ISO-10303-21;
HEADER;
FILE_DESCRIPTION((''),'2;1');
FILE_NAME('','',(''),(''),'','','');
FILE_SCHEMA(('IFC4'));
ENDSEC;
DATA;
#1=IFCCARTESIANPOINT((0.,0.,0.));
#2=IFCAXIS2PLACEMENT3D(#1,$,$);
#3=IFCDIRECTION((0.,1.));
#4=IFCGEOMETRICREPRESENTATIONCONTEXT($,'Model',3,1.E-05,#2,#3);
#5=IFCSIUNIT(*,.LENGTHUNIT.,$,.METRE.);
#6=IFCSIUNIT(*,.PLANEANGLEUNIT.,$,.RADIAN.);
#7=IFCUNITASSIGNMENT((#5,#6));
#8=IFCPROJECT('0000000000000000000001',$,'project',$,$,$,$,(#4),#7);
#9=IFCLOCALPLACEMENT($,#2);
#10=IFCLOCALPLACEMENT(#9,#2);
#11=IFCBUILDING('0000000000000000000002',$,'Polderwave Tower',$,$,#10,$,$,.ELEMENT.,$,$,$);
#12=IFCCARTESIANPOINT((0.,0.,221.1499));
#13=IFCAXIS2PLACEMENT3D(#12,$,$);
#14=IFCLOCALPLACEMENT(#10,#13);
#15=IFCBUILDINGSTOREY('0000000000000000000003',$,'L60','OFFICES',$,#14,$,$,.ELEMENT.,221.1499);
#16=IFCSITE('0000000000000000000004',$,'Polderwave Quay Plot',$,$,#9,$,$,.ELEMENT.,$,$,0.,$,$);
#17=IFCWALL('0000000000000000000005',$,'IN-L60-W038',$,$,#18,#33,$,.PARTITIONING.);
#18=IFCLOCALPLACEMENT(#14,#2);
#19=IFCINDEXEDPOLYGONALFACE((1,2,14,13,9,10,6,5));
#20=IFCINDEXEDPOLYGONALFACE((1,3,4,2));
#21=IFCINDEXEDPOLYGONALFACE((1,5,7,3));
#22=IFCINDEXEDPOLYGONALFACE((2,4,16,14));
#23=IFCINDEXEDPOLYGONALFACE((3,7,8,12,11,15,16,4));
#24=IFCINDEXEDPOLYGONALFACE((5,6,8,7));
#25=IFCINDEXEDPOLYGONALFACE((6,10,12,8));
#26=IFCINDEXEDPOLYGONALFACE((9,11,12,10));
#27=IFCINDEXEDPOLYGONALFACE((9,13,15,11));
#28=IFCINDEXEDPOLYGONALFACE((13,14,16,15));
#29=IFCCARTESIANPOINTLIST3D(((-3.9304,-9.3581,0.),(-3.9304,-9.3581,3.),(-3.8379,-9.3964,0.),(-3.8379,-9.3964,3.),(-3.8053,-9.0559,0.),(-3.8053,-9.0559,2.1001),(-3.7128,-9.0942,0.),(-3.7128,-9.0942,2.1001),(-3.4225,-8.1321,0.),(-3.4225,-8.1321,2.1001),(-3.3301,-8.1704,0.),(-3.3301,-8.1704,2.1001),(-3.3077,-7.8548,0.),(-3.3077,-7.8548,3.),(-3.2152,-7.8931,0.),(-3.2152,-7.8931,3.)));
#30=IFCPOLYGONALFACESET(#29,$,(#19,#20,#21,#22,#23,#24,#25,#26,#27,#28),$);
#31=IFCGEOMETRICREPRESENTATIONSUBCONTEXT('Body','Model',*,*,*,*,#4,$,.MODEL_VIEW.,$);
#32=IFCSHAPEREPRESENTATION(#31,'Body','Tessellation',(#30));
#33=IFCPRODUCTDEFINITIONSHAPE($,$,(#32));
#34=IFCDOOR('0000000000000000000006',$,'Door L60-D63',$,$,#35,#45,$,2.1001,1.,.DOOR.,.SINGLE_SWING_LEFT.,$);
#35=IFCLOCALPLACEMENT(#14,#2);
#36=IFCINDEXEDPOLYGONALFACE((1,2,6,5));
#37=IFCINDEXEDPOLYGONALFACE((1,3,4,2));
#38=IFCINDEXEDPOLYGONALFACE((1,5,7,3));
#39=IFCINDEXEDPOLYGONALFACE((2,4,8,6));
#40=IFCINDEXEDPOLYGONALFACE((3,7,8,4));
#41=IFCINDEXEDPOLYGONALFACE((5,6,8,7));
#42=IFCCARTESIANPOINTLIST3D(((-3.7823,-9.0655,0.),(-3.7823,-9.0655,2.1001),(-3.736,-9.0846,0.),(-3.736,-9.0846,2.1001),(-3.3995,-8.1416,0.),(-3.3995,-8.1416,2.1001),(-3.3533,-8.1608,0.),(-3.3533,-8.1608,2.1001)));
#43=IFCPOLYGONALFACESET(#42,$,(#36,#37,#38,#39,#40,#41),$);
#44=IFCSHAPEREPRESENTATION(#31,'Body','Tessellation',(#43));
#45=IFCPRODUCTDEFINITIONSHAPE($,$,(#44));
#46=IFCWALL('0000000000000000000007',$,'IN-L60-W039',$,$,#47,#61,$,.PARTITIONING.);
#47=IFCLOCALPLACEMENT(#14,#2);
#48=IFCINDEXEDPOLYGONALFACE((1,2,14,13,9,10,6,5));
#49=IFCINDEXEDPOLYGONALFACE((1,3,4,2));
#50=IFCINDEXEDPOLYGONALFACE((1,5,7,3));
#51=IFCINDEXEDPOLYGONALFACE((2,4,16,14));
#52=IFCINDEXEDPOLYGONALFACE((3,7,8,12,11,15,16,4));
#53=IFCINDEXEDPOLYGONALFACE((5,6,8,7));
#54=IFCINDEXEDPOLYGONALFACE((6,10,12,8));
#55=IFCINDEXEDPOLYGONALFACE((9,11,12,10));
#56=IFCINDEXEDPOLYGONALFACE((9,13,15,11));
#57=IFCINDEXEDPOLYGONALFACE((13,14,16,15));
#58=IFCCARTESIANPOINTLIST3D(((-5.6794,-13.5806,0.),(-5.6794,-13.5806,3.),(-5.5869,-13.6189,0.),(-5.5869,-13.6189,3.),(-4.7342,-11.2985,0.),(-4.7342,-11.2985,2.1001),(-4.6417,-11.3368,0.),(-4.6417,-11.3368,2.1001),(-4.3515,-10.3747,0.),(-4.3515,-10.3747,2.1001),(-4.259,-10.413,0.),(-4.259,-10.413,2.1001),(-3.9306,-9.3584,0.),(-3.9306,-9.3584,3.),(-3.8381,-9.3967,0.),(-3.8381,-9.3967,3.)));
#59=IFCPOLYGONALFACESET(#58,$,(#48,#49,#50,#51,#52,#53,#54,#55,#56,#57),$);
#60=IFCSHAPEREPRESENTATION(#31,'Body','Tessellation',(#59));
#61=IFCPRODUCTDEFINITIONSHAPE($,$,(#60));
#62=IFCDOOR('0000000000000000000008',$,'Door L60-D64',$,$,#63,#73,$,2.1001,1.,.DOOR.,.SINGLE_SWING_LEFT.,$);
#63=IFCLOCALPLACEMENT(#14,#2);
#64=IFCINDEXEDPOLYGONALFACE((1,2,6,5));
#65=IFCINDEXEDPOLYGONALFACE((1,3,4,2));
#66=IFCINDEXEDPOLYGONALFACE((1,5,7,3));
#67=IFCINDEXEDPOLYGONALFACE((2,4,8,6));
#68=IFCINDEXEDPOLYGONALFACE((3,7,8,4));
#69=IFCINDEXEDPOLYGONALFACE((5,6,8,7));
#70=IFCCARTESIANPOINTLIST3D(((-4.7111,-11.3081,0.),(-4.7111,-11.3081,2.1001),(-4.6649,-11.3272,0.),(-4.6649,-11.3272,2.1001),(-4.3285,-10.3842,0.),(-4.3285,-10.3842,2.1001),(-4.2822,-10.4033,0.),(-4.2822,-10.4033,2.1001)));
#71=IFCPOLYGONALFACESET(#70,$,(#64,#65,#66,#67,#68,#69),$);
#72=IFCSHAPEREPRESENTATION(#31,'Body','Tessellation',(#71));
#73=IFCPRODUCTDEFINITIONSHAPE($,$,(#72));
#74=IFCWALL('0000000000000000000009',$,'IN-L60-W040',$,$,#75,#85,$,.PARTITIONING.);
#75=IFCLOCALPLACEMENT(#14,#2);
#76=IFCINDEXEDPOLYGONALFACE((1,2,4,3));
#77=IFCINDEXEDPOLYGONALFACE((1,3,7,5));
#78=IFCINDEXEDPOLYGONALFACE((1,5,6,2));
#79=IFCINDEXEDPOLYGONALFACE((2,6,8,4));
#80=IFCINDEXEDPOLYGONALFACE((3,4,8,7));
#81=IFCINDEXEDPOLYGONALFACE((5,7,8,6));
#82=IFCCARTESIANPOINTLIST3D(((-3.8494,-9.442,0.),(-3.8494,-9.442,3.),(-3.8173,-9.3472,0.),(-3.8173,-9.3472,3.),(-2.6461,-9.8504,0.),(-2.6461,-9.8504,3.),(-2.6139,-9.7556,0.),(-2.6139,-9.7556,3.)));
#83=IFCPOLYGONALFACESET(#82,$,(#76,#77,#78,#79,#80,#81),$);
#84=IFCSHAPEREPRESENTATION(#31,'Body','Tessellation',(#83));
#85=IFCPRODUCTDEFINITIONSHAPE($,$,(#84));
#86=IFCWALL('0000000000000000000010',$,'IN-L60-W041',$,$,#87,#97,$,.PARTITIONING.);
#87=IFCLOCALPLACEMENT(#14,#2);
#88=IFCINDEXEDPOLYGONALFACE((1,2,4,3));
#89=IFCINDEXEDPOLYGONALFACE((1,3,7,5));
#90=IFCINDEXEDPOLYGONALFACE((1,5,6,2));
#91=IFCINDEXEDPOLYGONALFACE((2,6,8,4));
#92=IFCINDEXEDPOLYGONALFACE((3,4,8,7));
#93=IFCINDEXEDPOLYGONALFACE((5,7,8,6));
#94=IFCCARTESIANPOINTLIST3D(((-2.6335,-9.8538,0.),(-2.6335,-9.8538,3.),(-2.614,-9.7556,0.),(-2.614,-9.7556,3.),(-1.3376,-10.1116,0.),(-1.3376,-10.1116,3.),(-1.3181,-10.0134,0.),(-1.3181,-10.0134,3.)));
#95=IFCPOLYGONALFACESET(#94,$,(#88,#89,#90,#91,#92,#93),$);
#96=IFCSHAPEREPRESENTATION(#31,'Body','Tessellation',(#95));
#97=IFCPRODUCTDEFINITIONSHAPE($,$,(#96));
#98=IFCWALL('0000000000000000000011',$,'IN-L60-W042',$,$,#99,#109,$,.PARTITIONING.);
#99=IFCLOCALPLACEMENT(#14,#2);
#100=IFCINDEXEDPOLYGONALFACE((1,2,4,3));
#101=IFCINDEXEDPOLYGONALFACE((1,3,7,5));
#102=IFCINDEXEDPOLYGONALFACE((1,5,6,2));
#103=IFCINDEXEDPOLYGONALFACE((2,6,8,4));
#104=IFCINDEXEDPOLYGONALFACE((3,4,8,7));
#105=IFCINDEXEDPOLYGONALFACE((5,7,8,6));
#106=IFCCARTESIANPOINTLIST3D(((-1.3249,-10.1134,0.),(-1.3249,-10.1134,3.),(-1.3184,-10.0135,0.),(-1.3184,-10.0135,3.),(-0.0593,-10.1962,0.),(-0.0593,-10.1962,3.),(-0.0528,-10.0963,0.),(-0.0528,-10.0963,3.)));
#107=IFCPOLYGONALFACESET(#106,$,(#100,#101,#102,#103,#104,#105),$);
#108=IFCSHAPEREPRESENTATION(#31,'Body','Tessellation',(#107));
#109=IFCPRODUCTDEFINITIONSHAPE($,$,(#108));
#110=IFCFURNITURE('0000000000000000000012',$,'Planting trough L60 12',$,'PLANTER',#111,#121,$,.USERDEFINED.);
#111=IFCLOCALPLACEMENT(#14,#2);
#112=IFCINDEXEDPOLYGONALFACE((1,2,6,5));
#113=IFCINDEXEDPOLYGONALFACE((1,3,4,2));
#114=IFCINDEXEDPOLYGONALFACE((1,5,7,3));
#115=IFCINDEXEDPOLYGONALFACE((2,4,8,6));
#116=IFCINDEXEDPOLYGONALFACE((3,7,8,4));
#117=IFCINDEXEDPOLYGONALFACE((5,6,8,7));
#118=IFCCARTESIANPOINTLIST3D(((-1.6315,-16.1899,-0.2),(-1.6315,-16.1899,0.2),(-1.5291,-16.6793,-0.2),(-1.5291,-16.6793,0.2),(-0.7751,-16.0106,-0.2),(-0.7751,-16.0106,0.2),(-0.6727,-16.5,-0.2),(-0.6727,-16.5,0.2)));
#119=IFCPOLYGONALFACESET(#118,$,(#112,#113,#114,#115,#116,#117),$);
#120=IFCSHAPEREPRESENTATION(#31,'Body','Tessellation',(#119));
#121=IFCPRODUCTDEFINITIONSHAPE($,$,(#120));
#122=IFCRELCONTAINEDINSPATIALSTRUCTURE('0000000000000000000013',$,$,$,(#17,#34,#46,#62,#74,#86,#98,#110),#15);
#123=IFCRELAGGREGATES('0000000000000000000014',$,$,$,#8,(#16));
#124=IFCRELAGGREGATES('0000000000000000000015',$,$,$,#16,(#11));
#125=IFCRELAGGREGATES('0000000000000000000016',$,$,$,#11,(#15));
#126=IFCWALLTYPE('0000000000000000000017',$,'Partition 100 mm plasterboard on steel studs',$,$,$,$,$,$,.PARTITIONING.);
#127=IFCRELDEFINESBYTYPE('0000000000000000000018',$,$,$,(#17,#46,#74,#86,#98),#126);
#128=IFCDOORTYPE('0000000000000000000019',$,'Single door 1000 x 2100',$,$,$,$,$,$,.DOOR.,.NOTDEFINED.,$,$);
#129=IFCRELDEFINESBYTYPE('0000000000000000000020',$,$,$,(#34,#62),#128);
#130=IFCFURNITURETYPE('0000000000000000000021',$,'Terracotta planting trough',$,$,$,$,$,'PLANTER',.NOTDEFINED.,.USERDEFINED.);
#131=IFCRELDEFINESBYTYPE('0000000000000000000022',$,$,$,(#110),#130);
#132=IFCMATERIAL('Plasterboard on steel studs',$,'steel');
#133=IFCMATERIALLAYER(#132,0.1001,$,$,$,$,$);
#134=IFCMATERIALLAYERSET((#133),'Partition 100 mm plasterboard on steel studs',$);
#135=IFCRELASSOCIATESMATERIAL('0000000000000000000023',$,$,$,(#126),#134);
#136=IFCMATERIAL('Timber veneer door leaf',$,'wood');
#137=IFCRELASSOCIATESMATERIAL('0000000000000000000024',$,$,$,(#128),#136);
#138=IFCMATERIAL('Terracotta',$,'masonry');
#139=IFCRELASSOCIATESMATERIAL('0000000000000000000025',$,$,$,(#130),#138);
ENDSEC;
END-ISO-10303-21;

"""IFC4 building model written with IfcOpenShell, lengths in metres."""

from ifc_helpers import new_model, si_unit, direction, frame, frame_2d, origin, origin_2d, place, context, subcontext, project, spatial, rectangle, extrude, material, layer, layer_set, type_object, element, fill, save


model = new_model("IFC4")

# Units and contexts
model_context = context("Model", 3, precision=1e-05, world=origin(), true_north=direction((0.0, 1.0)))
body_context = subcontext(model_context, "Body", "Model", "MODEL_VIEW")
ifc_project = project(units=[si_unit("LENGTHUNIT", "METRE"), si_unit("PLANEANGLEUNIT", "RADIAN")], contexts=[model_context])

# Site, building, storey
site_placement = place(None, origin())
site = spatial("IfcSite", under=ifc_project, at=site_placement, Name="Polderwave Quay Plot", CompositionType="ELEMENT", RefElevation=0.0)
building_placement = place(site_placement, origin())
building = spatial("IfcBuilding", under=site, at=building_placement, Name="Polderwave Tower", CompositionType="ELEMENT")
storey_placement = place(building_placement, frame((0.0, 0.0, 221.1499)))
storey = spatial("IfcBuildingStorey", under=building, at=storey_placement, Name="L60", Description="OFFICES", CompositionType="ELEMENT", Elevation=221.1499)

# Walls, openings, doors
ifc_material_1 = material(Name="Plasterboard on steel studs", Category="steel")
ifc_layer_1 = layer(ifc_material_1, 0.1001)
ifc_layer_set_1 = layer_set([ifc_layer_1], Name="Partition 100 mm plasterboard on steel studs")
wall_type_1 = type_object("IfcWallType", Name="Partition 100 mm plasterboard on steel studs", PredefinedType="PARTITIONING", material=ifc_layer_set_1)
wall_1_placement = place(storey_placement, frame((-3.2615, -7.874, 0.0), z_axis=(0.0, 0.0, 1.0), x_axis=(-0.382718, -0.923865, 0.0)))
wall_1 = element("IfcWall", 1, at=wall_1_placement, inside=storey, type_object=wall_type_1, Name="IN-L60-W038", PredefinedType="PARTITIONING", context=body_context, shape_type="SweptSolid", body=[
    extrude(rectangle(XDim=1.6272, YDim=0.1001, at=frame_2d((0.8135, 0.0))), origin(), (0.0, 0.0, 1.0), 3.0),
])
opening_1_placement = place(wall_1_placement, frame((0.3, 0.0, 0.0)))
opening_1 = element("IfcOpeningElement", 2, at=opening_1_placement, cuts=wall_1, PredefinedType="OPENING", context=body_context, shape_type="SweptSolid", body=[
    extrude(rectangle(XDim=1.0, YDim=2.1001, at=frame_2d((0.5, 1.05))), frame((0.0, 0.0601, 0.0), z_axis=(0.0, -1.0, 0.0), x_axis=(1.0, 0.0, 0.0)), (0.0, 0.0, 1.0), 0.1201),
])
ifc_material_2 = material(Name="Timber veneer door leaf", Category="wood")
door_type = type_object("IfcDoorType", Name="Single door 1000 x 2100", OperationType="NOTDEFINED", PredefinedType="DOOR", material=ifc_material_2)
door_1_placement = place(opening_1_placement, origin())
door_1 = element("IfcDoor", 3, at=door_1_placement, inside=storey, type_object=door_type, Name="Door L60-D63", OperationType="SINGLE_SWING_LEFT", OverallHeight=2.1001, OverallWidth=1.0, PredefinedType="DOOR", context=body_context, shape_type="SweptSolid", body=[
    extrude(rectangle(XDim=1.0, YDim=2.1001, at=frame_2d((0.5, 1.05))), frame((0.0, 0.0249, 0.0), z_axis=(0.0, -1.0, 0.0), x_axis=(1.0, 0.0, 0.0)), (0.0, 0.0, 1.0), 0.05),
])
fill(opening_1, door_1)
wall_2_placement = place(storey_placement, frame((-3.8843, -9.3774, 0.0), z_axis=(0.0, 0.0, 1.0), x_axis=(-0.382665, -0.923887, 0.0)))
wall_2 = element("IfcWall", 4, at=wall_2_placement, inside=storey, type_object=wall_type_1, Name="IN-L60-W039", PredefinedType="PARTITIONING", context=body_context, shape_type="SweptSolid", body=[
    extrude(rectangle(XDim=4.5701, YDim=0.1001, at=frame_2d((2.2852, 0.0))), origin(), (0.0, 0.0, 1.0), 3.0),
])
opening_2_placement = place(wall_2_placement, frame((1.1001, 0.0, 0.0)))
opening_2 = element("IfcOpeningElement", 5, at=opening_2_placement, cuts=wall_2, PredefinedType="OPENING", context=body_context, shape_type="SweptSolid", body=[
    extrude(rectangle(XDim=1.0, YDim=2.1001, at=frame_2d((0.5, 1.05))), frame((0.0, 0.0601, 0.0), z_axis=(0.0, -1.0, 0.0), x_axis=(1.0, 0.0, 0.0)), (0.0, 0.0, 1.0), 0.1201),
])
door_2_placement = place(opening_2_placement, origin())
door_2 = element("IfcDoor", 6, at=door_2_placement, inside=storey, type_object=door_type, Name="Door L60-D64", OperationType="SINGLE_SWING_LEFT", OverallHeight=2.1001, OverallWidth=1.0, PredefinedType="DOOR", context=body_context, shape_type="SweptSolid", body=[
    extrude(rectangle(XDim=1.0, YDim=2.1001, at=frame_2d((0.5, 1.05))), frame((0.0, 0.0249, 0.0), z_axis=(0.0, -1.0, 0.0), x_axis=(1.0, 0.0, 0.0)), (0.0, 0.0, 1.0), 0.05),
])
fill(opening_2, door_2)

# Walls
wall_3_placement = place(storey_placement, frame((-2.6301, -9.803, 0.0), z_axis=(0.0, 0.0, 1.0), x_axis=(-0.94694, 0.32141, 0.0)))
element("IfcWall", 7, at=wall_3_placement, inside=storey, type_object=wall_type_1, Name="IN-L60-W040", PredefinedType="PARTITIONING", context=body_context, shape_type="SweptSolid", body=[
    extrude(rectangle(XDim=1.2708, YDim=0.1001, at=frame_2d((0.6353, 0.0))), origin(), (0.0, 0.0, 1.0), 3.0),
])
wall_4_placement = place(storey_placement, frame((-1.3279, -10.0625, 0.0), z_axis=(0.0, 0.0, 1.0), x_axis=(-0.980779, 0.195121, 0.0)))
element("IfcWall", 8, at=wall_4_placement, inside=storey, type_object=wall_type_1, Name="IN-L60-W041", PredefinedType="PARTITIONING", context=body_context, shape_type="SweptSolid", body=[
    extrude(rectangle(XDim=1.3213, YDim=0.1001, at=frame_2d((0.6606, 0.0))), origin(), (0.0, 0.0, 1.0), 3.0),
])
wall_5_placement = place(storey_placement, frame((-0.0559, -10.1462, 0.0), z_axis=(0.0, 0.0, 1.0), x_axis=(-0.997869, 0.065254, 0.0)))
element("IfcWall", 9, at=wall_5_placement, inside=storey, type_object=wall_type_1, Name="IN-L60-W042", PredefinedType="PARTITIONING", context=body_context, shape_type="SweptSolid", body=[
    extrude(rectangle(XDim=1.2683, YDim=0.1001, at=frame_2d((0.6343, 0.0))), origin(), (0.0, 0.0, 1.0), 3.0),
])

# Furniture
ifc_material_3 = material(Name="Terracotta", Category="masonry")
furniture_type = type_object("IfcFurnitureType", Name="Terracotta planting trough", ElementType="PLANTER", AssemblyPlace="NOTDEFINED", PredefinedType="USERDEFINED", material=ifc_material_3)
furniture_placement = place(storey_placement, frame((-1.1521, -16.345, -0.2), z_axis=(0.0, 0.0, 1.0), x_axis=(0.978784, 0.204896, 0.0)))
element("IfcFurniture", 10, at=furniture_placement, inside=storey, type_object=furniture_type, Name="Planting trough L60 12", ObjectType="PLANTER", PredefinedType="USERDEFINED", context=body_context, shape_type="SweptSolid", body=[
    extrude(rectangle(XDim=0.875, YDim=0.5, at=origin_2d()), origin(), (0.0, 0.0, 1.0), 0.3999),
])

save(model, "model.ifc")
